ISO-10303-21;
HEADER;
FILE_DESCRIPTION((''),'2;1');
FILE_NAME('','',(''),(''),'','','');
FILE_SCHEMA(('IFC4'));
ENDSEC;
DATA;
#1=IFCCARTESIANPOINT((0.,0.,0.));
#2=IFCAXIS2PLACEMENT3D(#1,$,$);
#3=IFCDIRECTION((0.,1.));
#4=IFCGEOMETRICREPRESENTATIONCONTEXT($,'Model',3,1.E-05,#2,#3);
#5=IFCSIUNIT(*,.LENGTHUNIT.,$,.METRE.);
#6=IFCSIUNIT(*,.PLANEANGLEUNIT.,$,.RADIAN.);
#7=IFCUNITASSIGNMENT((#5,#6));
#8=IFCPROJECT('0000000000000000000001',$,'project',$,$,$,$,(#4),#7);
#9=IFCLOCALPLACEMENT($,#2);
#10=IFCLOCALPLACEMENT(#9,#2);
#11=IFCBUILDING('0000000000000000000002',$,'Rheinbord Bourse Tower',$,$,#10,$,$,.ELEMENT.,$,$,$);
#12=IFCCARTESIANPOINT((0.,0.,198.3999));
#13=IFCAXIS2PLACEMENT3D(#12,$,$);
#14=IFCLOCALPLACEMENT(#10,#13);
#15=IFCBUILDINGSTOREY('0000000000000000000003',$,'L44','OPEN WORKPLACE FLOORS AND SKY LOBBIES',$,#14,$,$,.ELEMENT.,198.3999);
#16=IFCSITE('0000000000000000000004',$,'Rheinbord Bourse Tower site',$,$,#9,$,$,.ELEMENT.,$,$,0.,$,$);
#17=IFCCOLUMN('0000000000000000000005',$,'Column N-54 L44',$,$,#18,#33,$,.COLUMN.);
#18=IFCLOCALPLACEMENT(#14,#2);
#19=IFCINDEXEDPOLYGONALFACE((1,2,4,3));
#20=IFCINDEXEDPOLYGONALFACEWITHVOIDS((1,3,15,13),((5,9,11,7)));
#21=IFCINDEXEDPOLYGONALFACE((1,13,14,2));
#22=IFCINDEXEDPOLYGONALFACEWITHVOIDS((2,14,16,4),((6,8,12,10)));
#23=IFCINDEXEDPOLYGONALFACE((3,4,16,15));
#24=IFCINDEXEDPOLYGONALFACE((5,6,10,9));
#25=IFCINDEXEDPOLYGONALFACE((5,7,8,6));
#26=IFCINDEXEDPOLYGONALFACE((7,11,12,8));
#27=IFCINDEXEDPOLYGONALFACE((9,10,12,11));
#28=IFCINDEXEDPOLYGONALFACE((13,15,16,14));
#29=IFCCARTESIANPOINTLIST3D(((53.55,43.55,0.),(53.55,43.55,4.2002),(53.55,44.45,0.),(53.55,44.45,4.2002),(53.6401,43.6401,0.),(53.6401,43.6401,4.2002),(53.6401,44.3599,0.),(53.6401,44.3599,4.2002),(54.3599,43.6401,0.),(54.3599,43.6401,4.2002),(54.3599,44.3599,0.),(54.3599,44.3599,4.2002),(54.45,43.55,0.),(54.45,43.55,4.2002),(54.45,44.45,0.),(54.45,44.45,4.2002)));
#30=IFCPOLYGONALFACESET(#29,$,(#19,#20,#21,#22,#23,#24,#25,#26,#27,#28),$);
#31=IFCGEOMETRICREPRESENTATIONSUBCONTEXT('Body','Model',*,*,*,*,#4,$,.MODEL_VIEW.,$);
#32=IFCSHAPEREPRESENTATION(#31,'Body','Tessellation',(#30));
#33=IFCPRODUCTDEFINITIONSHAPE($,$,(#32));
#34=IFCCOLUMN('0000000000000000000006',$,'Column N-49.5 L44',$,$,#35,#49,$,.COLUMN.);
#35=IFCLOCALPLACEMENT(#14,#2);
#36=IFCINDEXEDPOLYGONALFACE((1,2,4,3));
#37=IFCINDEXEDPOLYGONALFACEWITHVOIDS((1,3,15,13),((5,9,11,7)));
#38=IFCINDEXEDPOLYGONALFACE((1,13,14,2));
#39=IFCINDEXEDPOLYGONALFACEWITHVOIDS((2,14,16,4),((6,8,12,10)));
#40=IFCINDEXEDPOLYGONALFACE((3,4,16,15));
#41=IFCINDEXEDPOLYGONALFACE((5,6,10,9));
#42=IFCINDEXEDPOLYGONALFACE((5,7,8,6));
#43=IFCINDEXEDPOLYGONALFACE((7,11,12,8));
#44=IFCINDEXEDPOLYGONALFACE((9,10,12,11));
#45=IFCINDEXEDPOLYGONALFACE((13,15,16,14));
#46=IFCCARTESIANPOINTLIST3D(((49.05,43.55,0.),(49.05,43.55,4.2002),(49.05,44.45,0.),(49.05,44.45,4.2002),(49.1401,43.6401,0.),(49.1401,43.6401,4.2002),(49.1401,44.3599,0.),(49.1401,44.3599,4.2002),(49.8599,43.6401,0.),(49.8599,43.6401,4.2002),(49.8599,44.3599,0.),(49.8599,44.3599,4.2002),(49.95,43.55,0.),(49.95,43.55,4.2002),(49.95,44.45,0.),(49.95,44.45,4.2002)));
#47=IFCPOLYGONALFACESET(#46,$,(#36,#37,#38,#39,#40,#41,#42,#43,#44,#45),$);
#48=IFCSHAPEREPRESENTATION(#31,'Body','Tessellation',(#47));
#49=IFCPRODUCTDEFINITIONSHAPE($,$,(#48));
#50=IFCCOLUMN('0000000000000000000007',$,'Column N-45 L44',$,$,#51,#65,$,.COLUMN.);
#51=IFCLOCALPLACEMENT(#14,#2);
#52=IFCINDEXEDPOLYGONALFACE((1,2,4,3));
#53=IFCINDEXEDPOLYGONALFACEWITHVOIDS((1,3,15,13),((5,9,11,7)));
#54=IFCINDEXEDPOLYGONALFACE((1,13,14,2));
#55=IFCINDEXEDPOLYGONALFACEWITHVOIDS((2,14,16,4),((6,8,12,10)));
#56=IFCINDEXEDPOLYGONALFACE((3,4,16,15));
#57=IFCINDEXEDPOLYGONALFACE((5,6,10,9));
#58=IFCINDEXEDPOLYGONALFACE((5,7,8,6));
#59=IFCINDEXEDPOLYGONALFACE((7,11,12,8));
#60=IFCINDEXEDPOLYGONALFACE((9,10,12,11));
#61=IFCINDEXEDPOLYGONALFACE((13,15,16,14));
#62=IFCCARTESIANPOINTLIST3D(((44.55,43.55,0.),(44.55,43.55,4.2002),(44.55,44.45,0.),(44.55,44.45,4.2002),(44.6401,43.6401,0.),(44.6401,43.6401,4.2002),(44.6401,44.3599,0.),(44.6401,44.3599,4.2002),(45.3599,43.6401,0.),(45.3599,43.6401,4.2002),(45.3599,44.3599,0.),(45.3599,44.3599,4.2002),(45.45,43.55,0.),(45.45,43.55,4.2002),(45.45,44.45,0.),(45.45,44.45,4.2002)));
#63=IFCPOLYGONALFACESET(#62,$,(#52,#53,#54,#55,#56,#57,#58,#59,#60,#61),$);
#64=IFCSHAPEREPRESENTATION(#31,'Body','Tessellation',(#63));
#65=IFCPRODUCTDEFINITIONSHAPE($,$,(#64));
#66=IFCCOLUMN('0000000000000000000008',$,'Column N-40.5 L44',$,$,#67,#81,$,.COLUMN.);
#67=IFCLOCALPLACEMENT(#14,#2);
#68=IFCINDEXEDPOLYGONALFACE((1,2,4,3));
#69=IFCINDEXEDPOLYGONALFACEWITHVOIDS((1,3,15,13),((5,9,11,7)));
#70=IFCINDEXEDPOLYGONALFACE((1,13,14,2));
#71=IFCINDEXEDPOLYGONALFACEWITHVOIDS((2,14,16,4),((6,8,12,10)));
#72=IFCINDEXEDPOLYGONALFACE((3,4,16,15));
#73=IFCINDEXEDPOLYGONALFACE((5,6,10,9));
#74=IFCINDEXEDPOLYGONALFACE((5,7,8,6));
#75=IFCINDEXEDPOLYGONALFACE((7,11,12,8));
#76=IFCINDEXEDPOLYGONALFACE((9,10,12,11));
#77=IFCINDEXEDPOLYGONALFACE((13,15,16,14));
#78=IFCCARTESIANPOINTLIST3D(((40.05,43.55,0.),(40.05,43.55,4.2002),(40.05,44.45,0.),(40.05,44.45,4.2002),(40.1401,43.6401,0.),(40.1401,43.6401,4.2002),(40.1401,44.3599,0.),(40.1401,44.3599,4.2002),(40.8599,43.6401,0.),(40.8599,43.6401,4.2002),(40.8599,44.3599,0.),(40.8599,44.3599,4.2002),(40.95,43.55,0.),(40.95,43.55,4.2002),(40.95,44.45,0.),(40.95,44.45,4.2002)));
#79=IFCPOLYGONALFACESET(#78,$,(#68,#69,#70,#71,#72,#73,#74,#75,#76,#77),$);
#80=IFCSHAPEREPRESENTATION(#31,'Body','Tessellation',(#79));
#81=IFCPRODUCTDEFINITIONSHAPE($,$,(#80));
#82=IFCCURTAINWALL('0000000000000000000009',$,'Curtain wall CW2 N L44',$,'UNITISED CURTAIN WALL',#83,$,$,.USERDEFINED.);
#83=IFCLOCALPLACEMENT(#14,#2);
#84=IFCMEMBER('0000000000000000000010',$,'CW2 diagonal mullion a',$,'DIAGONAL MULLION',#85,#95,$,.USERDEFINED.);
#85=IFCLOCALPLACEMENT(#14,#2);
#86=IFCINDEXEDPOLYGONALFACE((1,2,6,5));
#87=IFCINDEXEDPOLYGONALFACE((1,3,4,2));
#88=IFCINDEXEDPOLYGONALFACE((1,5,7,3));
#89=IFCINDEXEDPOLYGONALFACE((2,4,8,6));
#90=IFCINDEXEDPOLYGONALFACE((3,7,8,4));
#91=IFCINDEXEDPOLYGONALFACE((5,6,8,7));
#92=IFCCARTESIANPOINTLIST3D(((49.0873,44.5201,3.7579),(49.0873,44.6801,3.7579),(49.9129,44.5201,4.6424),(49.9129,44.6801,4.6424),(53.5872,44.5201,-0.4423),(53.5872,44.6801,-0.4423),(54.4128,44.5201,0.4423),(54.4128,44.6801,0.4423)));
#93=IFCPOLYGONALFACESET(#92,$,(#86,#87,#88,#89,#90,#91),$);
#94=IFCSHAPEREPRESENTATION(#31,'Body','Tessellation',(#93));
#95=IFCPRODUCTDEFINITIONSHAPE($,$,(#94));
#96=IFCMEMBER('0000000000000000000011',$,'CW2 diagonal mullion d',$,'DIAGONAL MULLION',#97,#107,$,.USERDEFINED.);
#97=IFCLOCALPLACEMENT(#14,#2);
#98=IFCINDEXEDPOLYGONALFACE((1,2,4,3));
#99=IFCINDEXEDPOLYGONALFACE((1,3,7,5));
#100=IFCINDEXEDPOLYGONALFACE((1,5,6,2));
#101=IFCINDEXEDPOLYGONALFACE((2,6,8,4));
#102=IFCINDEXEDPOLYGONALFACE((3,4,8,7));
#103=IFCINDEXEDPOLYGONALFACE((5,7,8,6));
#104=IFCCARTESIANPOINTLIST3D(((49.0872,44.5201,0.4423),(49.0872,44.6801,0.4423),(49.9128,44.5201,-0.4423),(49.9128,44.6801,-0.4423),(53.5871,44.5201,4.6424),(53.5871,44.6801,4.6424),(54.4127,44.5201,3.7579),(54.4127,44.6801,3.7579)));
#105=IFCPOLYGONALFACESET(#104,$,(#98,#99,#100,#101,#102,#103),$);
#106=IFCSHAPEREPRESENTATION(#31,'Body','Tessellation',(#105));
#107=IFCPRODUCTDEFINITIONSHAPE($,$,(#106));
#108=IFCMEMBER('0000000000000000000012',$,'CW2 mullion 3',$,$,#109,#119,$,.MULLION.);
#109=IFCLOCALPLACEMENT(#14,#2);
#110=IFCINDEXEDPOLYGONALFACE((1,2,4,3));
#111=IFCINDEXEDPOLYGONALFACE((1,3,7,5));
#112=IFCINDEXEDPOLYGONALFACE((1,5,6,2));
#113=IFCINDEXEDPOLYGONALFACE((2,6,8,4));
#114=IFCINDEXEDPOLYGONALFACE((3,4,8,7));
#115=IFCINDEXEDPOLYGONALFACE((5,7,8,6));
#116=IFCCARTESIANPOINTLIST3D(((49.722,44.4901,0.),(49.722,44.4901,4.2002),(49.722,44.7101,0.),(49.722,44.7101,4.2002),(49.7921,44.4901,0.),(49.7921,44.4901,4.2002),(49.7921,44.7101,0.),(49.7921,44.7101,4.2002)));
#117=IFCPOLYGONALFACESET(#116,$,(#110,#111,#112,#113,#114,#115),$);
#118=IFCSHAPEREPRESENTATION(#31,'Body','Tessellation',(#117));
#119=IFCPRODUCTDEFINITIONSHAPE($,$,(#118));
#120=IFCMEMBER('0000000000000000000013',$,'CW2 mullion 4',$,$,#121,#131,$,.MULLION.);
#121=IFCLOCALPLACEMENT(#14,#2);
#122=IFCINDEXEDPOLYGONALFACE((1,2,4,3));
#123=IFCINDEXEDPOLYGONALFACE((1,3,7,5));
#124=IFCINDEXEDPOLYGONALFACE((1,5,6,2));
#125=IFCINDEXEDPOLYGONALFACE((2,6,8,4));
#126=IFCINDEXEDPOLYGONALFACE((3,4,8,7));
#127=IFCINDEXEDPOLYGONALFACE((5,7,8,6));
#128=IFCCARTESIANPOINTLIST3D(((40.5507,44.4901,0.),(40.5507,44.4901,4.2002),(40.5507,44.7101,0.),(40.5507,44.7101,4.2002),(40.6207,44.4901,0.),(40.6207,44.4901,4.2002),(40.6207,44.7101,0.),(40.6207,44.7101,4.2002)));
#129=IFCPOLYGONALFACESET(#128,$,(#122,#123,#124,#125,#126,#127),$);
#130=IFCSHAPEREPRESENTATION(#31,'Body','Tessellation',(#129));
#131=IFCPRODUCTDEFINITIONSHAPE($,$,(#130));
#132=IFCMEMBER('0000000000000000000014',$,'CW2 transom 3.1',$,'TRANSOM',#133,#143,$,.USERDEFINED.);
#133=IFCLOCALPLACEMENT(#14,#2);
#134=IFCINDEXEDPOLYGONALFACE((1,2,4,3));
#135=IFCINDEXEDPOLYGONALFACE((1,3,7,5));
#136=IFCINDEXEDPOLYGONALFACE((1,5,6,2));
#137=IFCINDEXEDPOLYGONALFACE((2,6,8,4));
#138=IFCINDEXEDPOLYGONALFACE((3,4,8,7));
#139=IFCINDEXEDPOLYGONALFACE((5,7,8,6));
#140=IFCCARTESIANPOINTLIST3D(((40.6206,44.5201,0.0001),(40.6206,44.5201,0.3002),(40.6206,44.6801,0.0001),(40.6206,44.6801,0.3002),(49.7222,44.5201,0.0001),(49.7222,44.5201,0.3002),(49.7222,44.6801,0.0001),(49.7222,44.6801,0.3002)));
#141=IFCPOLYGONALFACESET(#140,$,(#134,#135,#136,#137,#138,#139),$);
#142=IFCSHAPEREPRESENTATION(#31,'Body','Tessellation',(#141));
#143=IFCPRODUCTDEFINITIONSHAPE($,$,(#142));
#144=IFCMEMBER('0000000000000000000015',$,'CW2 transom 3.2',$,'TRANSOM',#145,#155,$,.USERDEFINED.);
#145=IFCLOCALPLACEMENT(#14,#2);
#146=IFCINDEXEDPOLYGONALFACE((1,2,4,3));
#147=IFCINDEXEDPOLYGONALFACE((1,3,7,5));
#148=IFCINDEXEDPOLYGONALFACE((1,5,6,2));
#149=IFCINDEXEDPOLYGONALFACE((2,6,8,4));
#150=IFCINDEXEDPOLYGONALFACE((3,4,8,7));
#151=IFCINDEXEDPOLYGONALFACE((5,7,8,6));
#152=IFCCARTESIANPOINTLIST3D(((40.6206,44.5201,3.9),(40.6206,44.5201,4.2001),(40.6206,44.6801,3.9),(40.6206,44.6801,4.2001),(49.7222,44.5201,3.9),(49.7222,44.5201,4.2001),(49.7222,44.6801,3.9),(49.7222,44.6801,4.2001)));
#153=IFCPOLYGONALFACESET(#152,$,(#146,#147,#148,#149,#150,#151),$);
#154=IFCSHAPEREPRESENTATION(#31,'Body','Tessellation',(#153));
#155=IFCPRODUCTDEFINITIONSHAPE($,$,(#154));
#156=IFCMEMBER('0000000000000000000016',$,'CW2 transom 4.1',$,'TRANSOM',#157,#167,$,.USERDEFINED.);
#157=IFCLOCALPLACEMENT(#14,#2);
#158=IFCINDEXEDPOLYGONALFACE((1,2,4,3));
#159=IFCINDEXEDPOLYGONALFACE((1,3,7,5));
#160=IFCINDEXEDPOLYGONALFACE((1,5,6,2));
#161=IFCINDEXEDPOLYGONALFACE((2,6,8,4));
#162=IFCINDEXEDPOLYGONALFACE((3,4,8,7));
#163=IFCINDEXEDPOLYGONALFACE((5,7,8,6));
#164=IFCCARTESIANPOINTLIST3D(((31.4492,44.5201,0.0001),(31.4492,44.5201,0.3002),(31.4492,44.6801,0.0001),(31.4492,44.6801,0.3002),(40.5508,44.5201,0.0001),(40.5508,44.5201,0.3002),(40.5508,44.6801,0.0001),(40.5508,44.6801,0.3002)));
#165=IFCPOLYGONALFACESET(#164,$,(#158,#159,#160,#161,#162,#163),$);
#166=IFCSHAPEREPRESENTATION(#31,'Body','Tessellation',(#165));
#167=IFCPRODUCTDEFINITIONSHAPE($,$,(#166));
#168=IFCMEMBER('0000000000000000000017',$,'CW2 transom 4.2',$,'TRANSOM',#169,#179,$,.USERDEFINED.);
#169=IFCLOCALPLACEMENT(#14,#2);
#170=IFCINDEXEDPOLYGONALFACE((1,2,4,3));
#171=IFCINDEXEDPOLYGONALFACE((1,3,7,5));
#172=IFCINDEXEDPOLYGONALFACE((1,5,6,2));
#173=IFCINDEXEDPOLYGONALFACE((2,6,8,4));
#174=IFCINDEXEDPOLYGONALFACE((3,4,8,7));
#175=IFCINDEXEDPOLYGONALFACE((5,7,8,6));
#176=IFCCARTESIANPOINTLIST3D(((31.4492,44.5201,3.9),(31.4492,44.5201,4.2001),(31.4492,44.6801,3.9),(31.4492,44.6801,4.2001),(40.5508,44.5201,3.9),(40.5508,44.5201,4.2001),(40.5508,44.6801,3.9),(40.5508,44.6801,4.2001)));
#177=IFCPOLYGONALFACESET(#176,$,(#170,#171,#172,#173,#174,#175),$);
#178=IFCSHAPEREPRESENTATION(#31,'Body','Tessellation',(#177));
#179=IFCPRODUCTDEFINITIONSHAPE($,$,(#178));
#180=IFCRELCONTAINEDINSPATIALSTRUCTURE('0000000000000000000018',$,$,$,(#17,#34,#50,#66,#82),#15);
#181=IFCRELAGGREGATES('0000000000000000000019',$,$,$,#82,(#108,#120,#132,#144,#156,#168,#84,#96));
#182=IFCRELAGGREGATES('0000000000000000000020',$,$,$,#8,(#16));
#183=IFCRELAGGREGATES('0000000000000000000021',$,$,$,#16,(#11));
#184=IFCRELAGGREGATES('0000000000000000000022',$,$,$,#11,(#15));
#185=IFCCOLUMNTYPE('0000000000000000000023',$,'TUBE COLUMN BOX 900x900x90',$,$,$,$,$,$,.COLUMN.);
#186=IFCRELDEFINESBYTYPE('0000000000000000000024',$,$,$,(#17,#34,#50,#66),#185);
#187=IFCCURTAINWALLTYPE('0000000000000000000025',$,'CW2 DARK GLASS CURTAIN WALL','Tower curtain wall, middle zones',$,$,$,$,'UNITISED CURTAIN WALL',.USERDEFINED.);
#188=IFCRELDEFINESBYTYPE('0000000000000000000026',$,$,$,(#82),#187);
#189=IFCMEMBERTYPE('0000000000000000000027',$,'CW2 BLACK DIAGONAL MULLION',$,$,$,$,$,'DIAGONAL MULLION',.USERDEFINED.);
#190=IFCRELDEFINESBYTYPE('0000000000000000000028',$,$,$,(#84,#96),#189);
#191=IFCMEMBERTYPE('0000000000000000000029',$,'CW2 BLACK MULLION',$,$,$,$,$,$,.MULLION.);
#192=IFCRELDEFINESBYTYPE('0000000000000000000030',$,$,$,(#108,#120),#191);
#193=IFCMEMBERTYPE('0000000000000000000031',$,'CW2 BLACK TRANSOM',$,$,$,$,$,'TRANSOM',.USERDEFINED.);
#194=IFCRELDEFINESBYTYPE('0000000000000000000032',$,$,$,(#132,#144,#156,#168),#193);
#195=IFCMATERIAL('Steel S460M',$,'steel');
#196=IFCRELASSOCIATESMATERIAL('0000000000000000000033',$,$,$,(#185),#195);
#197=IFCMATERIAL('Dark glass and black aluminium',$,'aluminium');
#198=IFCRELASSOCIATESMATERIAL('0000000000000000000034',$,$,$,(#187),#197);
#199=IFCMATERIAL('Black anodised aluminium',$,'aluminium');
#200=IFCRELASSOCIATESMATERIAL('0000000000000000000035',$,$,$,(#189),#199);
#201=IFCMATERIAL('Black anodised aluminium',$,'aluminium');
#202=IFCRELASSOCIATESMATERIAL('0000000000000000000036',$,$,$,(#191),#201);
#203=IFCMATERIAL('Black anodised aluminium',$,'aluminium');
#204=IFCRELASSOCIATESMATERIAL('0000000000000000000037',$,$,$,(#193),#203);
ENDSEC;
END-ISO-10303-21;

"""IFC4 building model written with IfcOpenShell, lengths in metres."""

from ifc_helpers import new_model, si_unit, direction, frame, origin, origin_2d, place, context, subcontext, project, spatial, rectangle, hollow_rectangle, extrude, material, material_profile, profile_set, type_object, element, aggregate, save


model = new_model("IFC4")

# Units and contexts
model_context = context("Model", 3, precision=1e-05, world=origin(), true_north=direction((0.0, 1.0)))
body_context = subcontext(model_context, "Body", "Model", "MODEL_VIEW")
ifc_project = project(units=[si_unit("LENGTHUNIT", "METRE"), si_unit("PLANEANGLEUNIT", "RADIAN")], contexts=[model_context])

# Site, building, storey
site_placement = place(None, origin())
site = spatial("IfcSite", under=ifc_project, at=site_placement, Name="Rheinbord Bourse Tower site", CompositionType="ELEMENT", RefElevation=0.0)
building_placement = place(site_placement, origin())
building = spatial("IfcBuilding", under=site, at=building_placement, Name="Rheinbord Bourse Tower", CompositionType="ELEMENT")
storey_placement = place(building_placement, frame((0.0, 0.0, 198.3999)))
storey = spatial("IfcBuildingStorey", under=building, at=storey_placement, Name="L44", Description="OPEN WORKPLACE FLOORS AND SKY LOBBIES", CompositionType="ELEMENT", Elevation=198.3999)

# Columns
ifc_material_1 = material(Name="Steel S460M", Category="steel")
ifc_material_profile_1 = material_profile(ifc_material_1, hollow_rectangle(XDim=0.8999, YDim=0.8999, WallThickness=0.0901, at=origin_2d()), Name="BOX 900x900x90")
ifc_profile_set_1 = profile_set([ifc_material_profile_1], Name="Steel S460M")
column_type = type_object("IfcColumnType", Name="TUBE COLUMN BOX 900x900x90", PredefinedType="COLUMN", material=ifc_profile_set_1)
for number, where, z_axis, x_axis, name in (
    (1, (54.0, 44.0, 0.0), (0.0, 0.0, 1.0), (0.0, 1.0, 0.0), "Column N-54 L44"),
    (2, (49.5, 44.0, 0.0), (0.0, 0.0, 1.0), (0.0, 1.0, 0.0), "Column N-49.5 L44"),
    (3, (45.0, 44.0, 0.0), (0.0, 0.0, 1.0), (0.0, 1.0, 0.0), "Column N-45 L44"),
    (4, (40.5, 44.0, 0.0), (0.0, 0.0, 1.0), (0.0, 1.0, 0.0), "Column N-40.5 L44"),
):
    element("IfcColumn", number, at=place(storey_placement, frame(where, z_axis=z_axis, x_axis=x_axis)), inside=storey, type_object=column_type, Name=name, PredefinedType="COLUMN", context=body_context, shape_type="SweptSolid", body=[
        extrude(hollow_rectangle(XDim=0.8999, YDim=0.8999, WallThickness=0.0901, at=origin_2d()), origin(), (0.0, 0.0, 1.0), 4.2002),
    ])

# Curtain wall, members
ifc_material_2 = material(Name="Dark glass and black aluminium", Category="aluminium")
curtain_wall_type = type_object("IfcCurtainWallType", Name="CW2 DARK GLASS CURTAIN WALL", Description="Tower curtain wall, middle zones", ElementType="UNITISED CURTAIN WALL", PredefinedType="USERDEFINED", material=ifc_material_2)
curtain_wall_placement = place(storey_placement, origin())
curtain_wall = element("IfcCurtainWall", 5, at=curtain_wall_placement, inside=storey, type_object=curtain_wall_type, Name="Curtain wall CW2 N L44", ObjectType="UNITISED CURTAIN WALL", PredefinedType="USERDEFINED")
ifc_material_3 = material(Name="Black anodised aluminium", Category="aluminium")
ifc_material_profile_2 = material_profile(ifc_material_3, rectangle(XDim=0.1599, YDim=1.21, at=origin_2d()), Name="CW2 DIAGONAL MULLION 1210x160")
ifc_profile_set_2 = profile_set([ifc_material_profile_2], Name="Black anodised aluminium")
member_type_1 = type_object("IfcMemberType", Name="CW2 BLACK DIAGONAL MULLION", ElementType="DIAGONAL MULLION", PredefinedType="USERDEFINED", material=ifc_profile_set_2)
member_1_placement = place(storey_placement, frame((54.0, 44.6001, 0.0), z_axis=(-0.731039, 0.0, 0.682335), x_axis=(0.0, -1.0, 0.0)))
member_1 = element("IfcMember", 6, at=member_1_placement, type_object=member_type_1, Name="CW2 diagonal mullion a", ObjectType="DIAGONAL MULLION", PredefinedType="USERDEFINED", context=body_context, shape_type="SweptSolid", body=[
    extrude(rectangle(XDim=0.1599, YDim=1.21, at=origin_2d()), origin(), (0.0, 0.0, 1.0), 6.1555),
])
member_2_placement = place(storey_placement, frame((49.5, 44.6001, 0.0), z_axis=(0.731039, 0.0, 0.682335), x_axis=(0.0, 1.0, 0.0)))
member_2 = element("IfcMember", 7, at=member_2_placement, type_object=member_type_1, Name="CW2 diagonal mullion d", ObjectType="DIAGONAL MULLION", PredefinedType="USERDEFINED", context=body_context, shape_type="SweptSolid", body=[
    extrude(rectangle(XDim=0.1599, YDim=1.21, at=origin_2d()), origin(), (0.0, 0.0, 1.0), 6.1555),
])
ifc_material_4 = material(Name="Black anodised aluminium", Category="aluminium")
ifc_material_profile_3 = material_profile(ifc_material_4, rectangle(XDim=0.22, YDim=0.0701, at=origin_2d()), Name="CW2 MULLION 70x220")
ifc_profile_set_3 = profile_set([ifc_material_profile_3], Name="Black anodised aluminium")
member_type_2 = type_object("IfcMemberType", Name="CW2 BLACK MULLION", PredefinedType="MULLION", material=ifc_profile_set_3)
member_3_placement = place(storey_placement, frame((49.7571, 44.6001, 0.0), z_axis=(0.0, 0.0, 1.0), x_axis=(0.0, -1.0, 0.0)))
member_3 = element("IfcMember", 8, at=member_3_placement, type_object=member_type_2, Name="CW2 mullion 3", PredefinedType="MULLION", context=body_context, shape_type="SweptSolid", body=[
    extrude(rectangle(XDim=0.22, YDim=0.0701, at=origin_2d()), origin(), (0.0, 0.0, 1.0), 4.2002),
])
member_4_placement = place(storey_placement, frame((40.5857, 44.6001, 0.0), z_axis=(0.0, 0.0, 1.0), x_axis=(0.0, -1.0, 0.0)))
member_4 = element("IfcMember", 9, at=member_4_placement, type_object=member_type_2, Name="CW2 mullion 4", PredefinedType="MULLION", context=body_context, shape_type="SweptSolid", body=[
    extrude(rectangle(XDim=0.22, YDim=0.0701, at=origin_2d()), origin(), (0.0, 0.0, 1.0), 4.2002),
])
ifc_material_5 = material(Name="Black anodised aluminium", Category="aluminium")
ifc_material_profile_4 = material_profile(ifc_material_5, rectangle(XDim=0.1599, YDim=0.3, at=origin_2d()), Name="CW2 TRANSOM 300x160")
ifc_profile_set_4 = profile_set([ifc_material_profile_4], Name="Black anodised aluminium")
member_type_3 = type_object("IfcMemberType", Name="CW2 BLACK TRANSOM", ElementType="TRANSOM", PredefinedType="USERDEFINED", material=ifc_profile_set_4)
member_5_placement = place(storey_placement, frame((49.7222, 44.6001, 0.1501), z_axis=(-1.0, 0.0, 0.0), x_axis=(0.0, -1.0, 0.0)))
member_5 = element("IfcMember", 10, at=member_5_placement, type_object=member_type_3, Name="CW2 transom 3.1", ObjectType="TRANSOM", PredefinedType="USERDEFINED", context=body_context, shape_type="SweptSolid", body=[
    extrude(rectangle(XDim=0.1599, YDim=0.3, at=origin_2d()), origin(), (0.0, 0.0, 1.0), 9.1016),
])
member_6_placement = place(storey_placement, frame((49.7222, 44.6001, 4.05), z_axis=(-1.0, 0.0, 0.0), x_axis=(0.0, -1.0, 0.0)))
member_6 = element("IfcMember", 11, at=member_6_placement, type_object=member_type_3, Name="CW2 transom 3.2", ObjectType="TRANSOM", PredefinedType="USERDEFINED", context=body_context, shape_type="SweptSolid", body=[
    extrude(rectangle(XDim=0.1599, YDim=0.3, at=origin_2d()), origin(), (0.0, 0.0, 1.0), 9.1016),
])
member_7_placement = place(storey_placement, frame((40.5508, 44.6001, 0.1501), z_axis=(-1.0, 0.0, 0.0), x_axis=(0.0, -1.0, 0.0)))
member_7 = element("IfcMember", 12, at=member_7_placement, type_object=member_type_3, Name="CW2 transom 4.1", ObjectType="TRANSOM", PredefinedType="USERDEFINED", context=body_context, shape_type="SweptSolid", body=[
    extrude(rectangle(XDim=0.1599, YDim=0.3, at=origin_2d()), origin(), (0.0, 0.0, 1.0), 9.1016),
])
member_8_placement = place(storey_placement, frame((40.5508, 44.6001, 4.05), z_axis=(-1.0, 0.0, 0.0), x_axis=(0.0, -1.0, 0.0)))
member_8 = element("IfcMember", 13, at=member_8_placement, type_object=member_type_3, Name="CW2 transom 4.2", ObjectType="TRANSOM", PredefinedType="USERDEFINED", context=body_context, shape_type="SweptSolid", body=[
    extrude(rectangle(XDim=0.1599, YDim=0.3, at=origin_2d()), origin(), (0.0, 0.0, 1.0), 9.1016),
])

aggregate(curtain_wall, [member_3, member_4, member_5, member_6, member_7, member_8, member_1, member_2])

save(model, "model.ifc")
